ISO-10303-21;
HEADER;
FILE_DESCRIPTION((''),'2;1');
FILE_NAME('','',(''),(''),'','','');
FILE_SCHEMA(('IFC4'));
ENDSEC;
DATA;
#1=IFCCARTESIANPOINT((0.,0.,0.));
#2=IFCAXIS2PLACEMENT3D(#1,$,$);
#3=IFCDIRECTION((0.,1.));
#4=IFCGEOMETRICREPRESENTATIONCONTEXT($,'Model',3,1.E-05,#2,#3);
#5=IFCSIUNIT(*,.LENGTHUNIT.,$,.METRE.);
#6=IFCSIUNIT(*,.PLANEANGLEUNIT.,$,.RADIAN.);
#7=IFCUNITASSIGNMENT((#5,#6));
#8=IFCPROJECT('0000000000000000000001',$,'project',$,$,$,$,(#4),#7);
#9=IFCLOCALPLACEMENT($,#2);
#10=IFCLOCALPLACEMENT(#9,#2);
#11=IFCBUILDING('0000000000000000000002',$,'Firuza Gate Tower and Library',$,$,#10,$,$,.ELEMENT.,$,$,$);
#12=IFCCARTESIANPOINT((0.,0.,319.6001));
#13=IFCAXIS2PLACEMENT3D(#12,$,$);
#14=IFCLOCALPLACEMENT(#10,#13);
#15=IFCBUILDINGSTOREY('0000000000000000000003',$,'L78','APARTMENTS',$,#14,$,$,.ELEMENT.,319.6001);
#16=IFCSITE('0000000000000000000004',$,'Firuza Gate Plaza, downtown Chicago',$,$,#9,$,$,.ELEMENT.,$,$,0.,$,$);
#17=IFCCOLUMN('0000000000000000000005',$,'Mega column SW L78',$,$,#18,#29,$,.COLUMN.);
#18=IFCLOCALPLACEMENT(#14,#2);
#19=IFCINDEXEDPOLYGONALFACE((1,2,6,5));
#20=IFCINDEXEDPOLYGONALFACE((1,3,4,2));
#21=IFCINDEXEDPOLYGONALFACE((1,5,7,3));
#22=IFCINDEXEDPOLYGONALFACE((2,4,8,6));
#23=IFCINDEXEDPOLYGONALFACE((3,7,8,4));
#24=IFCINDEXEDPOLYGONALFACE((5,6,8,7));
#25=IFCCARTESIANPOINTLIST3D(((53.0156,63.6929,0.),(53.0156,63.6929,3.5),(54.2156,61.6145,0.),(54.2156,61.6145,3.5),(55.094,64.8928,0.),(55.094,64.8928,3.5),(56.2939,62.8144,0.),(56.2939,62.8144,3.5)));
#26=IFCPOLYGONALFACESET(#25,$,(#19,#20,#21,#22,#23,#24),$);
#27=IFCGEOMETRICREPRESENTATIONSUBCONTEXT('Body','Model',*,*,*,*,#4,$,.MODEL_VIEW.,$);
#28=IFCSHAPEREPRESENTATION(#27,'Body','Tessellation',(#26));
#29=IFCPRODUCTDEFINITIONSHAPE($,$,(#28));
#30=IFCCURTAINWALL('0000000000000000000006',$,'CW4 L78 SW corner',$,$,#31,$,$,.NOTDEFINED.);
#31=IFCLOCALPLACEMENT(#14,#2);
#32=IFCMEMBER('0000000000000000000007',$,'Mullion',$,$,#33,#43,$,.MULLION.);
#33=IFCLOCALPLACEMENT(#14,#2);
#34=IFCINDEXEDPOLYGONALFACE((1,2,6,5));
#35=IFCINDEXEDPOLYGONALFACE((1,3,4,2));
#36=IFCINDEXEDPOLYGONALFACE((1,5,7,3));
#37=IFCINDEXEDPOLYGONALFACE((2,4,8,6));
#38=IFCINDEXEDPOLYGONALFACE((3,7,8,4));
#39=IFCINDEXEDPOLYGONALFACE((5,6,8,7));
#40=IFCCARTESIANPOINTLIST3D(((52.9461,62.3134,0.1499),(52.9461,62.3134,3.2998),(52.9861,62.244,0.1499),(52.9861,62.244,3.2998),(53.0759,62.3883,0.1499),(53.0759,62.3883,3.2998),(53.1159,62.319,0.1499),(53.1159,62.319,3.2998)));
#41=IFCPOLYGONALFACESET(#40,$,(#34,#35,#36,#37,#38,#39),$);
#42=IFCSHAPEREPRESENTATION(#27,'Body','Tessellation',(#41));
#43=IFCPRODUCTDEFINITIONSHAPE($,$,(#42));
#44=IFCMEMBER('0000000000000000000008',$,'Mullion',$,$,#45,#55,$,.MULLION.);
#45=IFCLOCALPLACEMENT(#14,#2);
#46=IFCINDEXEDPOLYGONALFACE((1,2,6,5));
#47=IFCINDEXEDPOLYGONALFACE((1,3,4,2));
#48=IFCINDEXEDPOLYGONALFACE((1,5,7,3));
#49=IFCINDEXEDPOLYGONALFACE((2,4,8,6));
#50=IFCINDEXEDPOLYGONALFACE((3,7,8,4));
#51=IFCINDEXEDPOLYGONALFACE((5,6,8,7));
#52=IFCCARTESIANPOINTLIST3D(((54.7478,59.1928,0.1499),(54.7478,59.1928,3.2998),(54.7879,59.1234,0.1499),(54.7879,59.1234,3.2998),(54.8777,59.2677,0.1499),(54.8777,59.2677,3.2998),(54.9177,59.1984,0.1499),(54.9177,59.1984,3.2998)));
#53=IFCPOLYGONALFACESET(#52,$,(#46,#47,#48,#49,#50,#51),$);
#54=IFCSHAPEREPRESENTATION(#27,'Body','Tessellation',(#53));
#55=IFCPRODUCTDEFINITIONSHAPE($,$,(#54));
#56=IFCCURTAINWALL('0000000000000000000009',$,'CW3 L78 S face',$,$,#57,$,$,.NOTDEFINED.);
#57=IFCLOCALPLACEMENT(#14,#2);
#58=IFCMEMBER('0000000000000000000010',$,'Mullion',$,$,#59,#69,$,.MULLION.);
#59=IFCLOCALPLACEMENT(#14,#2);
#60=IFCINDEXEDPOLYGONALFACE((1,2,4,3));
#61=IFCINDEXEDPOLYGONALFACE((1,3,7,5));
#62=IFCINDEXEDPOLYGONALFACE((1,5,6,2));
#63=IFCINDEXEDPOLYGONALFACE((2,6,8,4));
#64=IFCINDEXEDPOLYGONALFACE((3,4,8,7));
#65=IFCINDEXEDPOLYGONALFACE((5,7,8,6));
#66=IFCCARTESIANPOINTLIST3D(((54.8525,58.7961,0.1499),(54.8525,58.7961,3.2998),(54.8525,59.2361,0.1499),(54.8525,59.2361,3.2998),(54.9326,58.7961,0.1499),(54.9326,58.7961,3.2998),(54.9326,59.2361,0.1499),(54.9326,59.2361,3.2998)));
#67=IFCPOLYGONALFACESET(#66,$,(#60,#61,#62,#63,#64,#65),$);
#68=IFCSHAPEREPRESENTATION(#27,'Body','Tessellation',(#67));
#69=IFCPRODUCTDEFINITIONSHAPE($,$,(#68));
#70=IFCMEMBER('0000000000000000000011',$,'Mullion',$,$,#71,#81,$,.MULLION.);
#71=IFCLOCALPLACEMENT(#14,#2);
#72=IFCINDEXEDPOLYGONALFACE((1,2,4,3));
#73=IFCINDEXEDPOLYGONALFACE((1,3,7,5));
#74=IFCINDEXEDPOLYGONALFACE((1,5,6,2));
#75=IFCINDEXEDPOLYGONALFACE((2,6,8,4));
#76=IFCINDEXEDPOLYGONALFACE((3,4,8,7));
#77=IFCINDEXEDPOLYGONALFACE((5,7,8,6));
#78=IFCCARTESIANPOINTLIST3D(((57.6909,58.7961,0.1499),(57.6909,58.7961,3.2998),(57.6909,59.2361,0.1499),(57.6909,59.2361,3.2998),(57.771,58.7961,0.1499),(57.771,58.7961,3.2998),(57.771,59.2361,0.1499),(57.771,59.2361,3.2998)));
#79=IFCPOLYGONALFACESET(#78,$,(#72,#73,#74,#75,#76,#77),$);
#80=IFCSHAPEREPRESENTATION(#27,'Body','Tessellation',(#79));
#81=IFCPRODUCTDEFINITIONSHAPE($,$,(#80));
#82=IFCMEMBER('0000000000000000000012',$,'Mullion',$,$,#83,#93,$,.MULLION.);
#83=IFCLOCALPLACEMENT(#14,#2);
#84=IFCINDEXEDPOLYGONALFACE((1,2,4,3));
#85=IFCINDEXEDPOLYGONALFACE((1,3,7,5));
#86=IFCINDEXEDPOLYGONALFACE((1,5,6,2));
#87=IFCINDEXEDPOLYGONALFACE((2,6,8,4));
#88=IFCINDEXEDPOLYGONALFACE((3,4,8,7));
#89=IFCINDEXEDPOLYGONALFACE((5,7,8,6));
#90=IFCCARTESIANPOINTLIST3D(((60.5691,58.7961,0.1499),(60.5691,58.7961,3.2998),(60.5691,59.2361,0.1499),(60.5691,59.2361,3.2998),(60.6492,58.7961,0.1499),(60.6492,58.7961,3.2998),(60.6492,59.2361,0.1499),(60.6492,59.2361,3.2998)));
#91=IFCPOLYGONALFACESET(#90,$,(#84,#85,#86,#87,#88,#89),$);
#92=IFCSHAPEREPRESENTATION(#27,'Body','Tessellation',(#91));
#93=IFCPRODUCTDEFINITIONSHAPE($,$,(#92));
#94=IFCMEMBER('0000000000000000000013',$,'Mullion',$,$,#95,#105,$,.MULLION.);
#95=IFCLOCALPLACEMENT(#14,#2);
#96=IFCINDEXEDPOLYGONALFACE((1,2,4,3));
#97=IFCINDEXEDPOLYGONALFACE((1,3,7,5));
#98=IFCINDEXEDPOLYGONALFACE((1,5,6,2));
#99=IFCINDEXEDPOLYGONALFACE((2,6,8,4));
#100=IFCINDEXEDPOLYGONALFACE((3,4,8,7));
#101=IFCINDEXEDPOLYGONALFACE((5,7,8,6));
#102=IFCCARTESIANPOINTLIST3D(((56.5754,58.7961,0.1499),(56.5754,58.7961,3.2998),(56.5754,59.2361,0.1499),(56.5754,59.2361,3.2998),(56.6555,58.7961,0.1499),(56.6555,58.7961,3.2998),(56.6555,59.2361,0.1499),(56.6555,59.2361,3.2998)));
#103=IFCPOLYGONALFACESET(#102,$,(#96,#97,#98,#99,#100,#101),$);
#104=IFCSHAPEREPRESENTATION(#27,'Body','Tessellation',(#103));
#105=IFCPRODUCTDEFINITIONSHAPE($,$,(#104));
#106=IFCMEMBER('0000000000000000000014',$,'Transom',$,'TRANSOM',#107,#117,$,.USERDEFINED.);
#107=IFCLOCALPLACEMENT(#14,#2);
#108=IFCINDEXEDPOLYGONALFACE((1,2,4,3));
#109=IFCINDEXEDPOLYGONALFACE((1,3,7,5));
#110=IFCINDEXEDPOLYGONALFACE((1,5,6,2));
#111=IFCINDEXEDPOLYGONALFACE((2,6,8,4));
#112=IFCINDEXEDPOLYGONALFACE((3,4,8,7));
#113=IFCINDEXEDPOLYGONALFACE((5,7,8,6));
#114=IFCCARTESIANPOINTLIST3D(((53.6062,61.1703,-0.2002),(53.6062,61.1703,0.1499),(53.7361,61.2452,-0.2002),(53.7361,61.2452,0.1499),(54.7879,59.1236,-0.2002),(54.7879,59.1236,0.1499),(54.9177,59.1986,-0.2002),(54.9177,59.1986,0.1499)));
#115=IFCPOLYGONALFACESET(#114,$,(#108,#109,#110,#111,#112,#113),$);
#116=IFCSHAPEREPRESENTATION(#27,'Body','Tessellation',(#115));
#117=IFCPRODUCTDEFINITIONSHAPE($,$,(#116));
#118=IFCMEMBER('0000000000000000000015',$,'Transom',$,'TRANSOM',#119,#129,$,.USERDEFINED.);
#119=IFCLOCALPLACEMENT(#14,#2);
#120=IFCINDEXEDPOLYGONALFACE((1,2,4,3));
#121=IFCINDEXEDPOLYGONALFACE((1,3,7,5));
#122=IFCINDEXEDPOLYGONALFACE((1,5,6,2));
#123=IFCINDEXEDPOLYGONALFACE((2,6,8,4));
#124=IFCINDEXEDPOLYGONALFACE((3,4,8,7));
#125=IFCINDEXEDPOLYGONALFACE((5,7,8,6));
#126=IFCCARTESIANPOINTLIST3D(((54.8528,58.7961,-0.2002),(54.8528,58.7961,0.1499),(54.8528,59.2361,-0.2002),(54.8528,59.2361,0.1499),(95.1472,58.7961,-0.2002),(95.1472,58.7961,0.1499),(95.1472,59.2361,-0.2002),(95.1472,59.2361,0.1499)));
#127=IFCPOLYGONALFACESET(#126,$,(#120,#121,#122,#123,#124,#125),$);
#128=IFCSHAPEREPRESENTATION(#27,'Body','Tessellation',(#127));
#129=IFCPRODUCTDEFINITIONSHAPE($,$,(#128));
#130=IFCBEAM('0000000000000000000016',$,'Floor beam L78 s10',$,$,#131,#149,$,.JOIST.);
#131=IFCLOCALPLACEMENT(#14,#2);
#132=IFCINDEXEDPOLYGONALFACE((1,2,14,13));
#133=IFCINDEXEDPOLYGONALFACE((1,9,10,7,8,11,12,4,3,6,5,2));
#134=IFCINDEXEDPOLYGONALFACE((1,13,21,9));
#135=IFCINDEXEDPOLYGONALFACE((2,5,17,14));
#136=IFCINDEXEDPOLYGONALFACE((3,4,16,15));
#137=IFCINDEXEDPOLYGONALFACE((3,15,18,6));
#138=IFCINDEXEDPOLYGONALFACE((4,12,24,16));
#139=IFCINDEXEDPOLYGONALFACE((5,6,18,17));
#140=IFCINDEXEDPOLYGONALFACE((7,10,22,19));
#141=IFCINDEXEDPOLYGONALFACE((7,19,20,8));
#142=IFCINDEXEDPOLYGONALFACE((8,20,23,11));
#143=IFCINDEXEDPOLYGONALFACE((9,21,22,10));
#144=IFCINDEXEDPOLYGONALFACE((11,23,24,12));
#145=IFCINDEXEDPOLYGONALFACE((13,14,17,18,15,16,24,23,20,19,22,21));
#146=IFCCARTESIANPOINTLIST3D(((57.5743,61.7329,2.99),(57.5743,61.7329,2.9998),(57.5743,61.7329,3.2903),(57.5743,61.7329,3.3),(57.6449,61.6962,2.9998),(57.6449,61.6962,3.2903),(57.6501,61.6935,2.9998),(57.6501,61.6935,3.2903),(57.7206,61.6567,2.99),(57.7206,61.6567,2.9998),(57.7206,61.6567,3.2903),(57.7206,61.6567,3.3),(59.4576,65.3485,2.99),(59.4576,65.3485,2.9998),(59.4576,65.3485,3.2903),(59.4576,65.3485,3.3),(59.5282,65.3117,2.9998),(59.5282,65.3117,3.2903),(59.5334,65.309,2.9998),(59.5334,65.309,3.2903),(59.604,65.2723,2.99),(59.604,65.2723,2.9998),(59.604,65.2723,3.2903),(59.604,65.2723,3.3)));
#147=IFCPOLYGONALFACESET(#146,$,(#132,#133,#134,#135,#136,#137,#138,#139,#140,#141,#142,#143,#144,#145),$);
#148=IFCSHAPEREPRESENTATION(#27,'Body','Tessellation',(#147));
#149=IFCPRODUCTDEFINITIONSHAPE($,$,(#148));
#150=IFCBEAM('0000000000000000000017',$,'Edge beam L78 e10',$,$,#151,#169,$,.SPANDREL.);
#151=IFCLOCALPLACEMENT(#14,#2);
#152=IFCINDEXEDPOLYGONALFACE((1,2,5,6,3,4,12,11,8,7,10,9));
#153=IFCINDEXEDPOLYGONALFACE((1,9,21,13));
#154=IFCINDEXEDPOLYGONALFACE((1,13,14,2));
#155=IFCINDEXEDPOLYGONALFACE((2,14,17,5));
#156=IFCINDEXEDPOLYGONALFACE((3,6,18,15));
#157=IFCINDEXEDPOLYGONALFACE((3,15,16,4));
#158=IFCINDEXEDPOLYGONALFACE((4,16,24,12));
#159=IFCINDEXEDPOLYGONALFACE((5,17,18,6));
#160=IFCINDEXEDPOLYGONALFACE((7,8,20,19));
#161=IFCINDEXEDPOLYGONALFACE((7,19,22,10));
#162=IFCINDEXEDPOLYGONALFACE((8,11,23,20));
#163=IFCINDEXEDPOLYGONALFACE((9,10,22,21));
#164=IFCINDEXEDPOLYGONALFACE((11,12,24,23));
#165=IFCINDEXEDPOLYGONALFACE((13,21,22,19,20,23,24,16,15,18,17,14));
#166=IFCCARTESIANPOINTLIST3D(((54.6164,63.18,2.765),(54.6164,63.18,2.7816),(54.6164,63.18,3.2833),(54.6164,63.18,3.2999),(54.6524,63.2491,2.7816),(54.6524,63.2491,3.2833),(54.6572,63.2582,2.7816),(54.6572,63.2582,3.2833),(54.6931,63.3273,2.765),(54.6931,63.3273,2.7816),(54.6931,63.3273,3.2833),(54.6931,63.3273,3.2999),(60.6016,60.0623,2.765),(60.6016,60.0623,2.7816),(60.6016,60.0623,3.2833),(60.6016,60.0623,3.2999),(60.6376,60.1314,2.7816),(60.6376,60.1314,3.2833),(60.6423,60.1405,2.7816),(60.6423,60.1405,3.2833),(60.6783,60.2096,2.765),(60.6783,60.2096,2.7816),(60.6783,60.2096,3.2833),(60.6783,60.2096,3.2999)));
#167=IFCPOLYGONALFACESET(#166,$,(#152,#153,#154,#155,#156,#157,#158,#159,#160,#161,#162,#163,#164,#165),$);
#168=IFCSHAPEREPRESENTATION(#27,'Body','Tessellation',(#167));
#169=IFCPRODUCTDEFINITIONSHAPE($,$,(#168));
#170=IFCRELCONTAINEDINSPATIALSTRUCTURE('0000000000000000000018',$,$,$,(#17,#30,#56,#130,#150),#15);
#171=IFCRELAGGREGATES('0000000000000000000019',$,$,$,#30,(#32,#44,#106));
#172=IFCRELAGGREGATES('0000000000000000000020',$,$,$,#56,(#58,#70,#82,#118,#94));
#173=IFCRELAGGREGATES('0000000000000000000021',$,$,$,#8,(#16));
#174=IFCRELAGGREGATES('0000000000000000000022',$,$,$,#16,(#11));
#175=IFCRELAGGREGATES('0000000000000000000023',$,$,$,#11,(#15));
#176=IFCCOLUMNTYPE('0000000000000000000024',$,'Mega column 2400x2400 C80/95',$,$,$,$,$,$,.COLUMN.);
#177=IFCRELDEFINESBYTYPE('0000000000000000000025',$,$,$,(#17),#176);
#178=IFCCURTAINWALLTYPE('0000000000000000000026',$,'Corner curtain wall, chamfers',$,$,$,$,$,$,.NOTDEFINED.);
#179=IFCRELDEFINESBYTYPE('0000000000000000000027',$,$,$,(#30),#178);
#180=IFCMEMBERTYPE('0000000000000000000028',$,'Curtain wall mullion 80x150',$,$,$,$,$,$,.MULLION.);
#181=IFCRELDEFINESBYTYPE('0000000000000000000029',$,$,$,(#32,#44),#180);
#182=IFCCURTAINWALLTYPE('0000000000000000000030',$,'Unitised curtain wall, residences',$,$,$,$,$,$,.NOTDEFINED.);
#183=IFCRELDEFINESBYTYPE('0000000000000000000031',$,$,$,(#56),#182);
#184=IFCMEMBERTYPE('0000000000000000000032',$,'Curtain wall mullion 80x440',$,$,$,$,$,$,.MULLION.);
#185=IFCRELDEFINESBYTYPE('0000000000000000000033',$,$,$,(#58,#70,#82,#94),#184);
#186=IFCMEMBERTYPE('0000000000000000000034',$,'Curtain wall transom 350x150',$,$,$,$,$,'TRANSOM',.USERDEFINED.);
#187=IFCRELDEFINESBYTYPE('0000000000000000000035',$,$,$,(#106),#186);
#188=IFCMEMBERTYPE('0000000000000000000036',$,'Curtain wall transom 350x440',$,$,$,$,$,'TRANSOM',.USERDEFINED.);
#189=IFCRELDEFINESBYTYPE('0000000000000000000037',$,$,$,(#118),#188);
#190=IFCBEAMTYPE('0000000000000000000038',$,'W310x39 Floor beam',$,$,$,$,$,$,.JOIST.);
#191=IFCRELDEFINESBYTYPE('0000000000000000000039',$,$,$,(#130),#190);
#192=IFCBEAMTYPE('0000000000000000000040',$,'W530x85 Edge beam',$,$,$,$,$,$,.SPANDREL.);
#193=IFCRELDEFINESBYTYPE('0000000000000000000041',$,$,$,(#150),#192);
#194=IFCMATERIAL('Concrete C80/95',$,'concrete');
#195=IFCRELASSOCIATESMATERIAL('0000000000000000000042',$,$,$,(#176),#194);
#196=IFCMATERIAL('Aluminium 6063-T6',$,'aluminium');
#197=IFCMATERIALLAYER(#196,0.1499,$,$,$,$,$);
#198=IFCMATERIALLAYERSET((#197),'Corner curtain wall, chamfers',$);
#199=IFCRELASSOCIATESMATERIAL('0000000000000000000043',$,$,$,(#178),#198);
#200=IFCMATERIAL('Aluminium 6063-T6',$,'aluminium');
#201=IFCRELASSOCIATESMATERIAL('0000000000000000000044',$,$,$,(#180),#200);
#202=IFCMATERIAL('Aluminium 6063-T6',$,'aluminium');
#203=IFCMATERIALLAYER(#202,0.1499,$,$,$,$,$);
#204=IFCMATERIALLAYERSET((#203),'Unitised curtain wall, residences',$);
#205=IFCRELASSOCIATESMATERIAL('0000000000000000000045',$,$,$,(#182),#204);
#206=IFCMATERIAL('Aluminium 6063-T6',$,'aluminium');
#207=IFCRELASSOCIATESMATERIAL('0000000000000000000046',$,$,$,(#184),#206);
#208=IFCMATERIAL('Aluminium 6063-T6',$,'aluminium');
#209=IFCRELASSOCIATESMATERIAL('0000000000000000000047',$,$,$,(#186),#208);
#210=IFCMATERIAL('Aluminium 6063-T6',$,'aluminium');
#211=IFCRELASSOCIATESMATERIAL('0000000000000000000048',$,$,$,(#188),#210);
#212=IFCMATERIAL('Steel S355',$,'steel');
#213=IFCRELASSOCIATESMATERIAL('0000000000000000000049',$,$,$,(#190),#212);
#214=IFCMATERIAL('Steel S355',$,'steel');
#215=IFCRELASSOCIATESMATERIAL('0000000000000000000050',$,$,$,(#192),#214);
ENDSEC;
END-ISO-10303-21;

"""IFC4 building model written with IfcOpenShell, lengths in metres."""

from ifc_helpers import new_model, si_unit, direction, frame, origin, origin_2d, place, context, subcontext, project, spatial, rectangle, i_section, extrude, material, layer, layer_set, material_profile, profile_set, type_object, element, aggregate, save


model = new_model("IFC4")

# Units and contexts
model_context = context("Model", 3, precision=1e-05, world=origin(), true_north=direction((0.0, 1.0)))
body_context = subcontext(model_context, "Body", "Model", "MODEL_VIEW")
ifc_project = project(units=[si_unit("LENGTHUNIT", "METRE"), si_unit("PLANEANGLEUNIT", "RADIAN")], contexts=[model_context])

# Site, building, storey
site_placement = place(None, origin())
site = spatial("IfcSite", under=ifc_project, at=site_placement, Name="Firuza Gate Plaza, downtown Chicago", CompositionType="ELEMENT", RefElevation=0.0)
building_placement = place(site_placement, origin())
building = spatial("IfcBuilding", under=site, at=building_placement, Name="Firuza Gate Tower and Library", CompositionType="ELEMENT")
storey_placement = place(building_placement, frame((0.0, 0.0, 319.6001)))
storey = spatial("IfcBuildingStorey", under=building, at=storey_placement, Name="L78", Description="APARTMENTS", CompositionType="ELEMENT", Elevation=319.6001)

# Column
ifc_material_1 = material(Name="Concrete C80/95", Category="concrete")
ifc_material_profile_1 = material_profile(ifc_material_1, rectangle(XDim=2.3999, YDim=2.3999, at=origin_2d()))
ifc_profile_set_1 = profile_set([ifc_material_profile_1], Name="Concrete C80/95")
column_type = type_object("IfcColumnType", Name="Mega column 2400x2400 C80/95", PredefinedType="COLUMN", material=ifc_profile_set_1)
column_placement = place(storey_placement, frame((54.6548, 63.2537, 0.0), z_axis=(0.0, 0.0, 1.0), x_axis=(0.5, -0.866025, 0.0)))
element("IfcColumn", 1, at=column_placement, inside=storey, type_object=column_type, Name="Mega column SW L78", PredefinedType="COLUMN", context=body_context, shape_type="SweptSolid", body=[
    extrude(rectangle(XDim=2.3999, YDim=2.3999, at=origin_2d()), origin(), (0.0, 0.0, 1.0), 3.5),
])

# Curtain walls, members
ifc_material_2 = material(Name="Aluminium 6063-T6", Category="aluminium")
ifc_layer_1 = layer(ifc_material_2, 0.1499)
ifc_layer_set_1 = layer_set([ifc_layer_1], Name="Corner curtain wall, chamfers")
curtain_wall_type_1 = type_object("IfcCurtainWallType", Name="Corner curtain wall, chamfers", PredefinedType="NOTDEFINED", material=ifc_layer_set_1)
placement_1 = place(storey_placement, origin())
curtain_wall_1 = element("IfcCurtainWall", 2, at=placement_1, inside=storey, type_object=curtain_wall_type_1, Name="CW4 L78 SW corner", PredefinedType="NOTDEFINED")
ifc_material_3 = material(Name="Aluminium 6063-T6", Category="aluminium")
ifc_material_profile_2 = material_profile(ifc_material_3, rectangle(XDim=0.1499, YDim=0.0801, at=origin_2d()))
ifc_profile_set_2 = profile_set([ifc_material_profile_2], Name="Aluminium 6063-T6")
member_type_1 = type_object("IfcMemberType", Name="Curtain wall mullion 80x150", PredefinedType="MULLION", material=ifc_profile_set_2)
member_1_placement = place(storey_placement, frame((53.031, 62.3162, 0.1499), z_axis=(0.0, 0.0, 1.0), x_axis=(0.866025, 0.5, 0.0)))
member_1 = element("IfcMember", 3, at=member_1_placement, type_object=member_type_1, Name="Mullion", PredefinedType="MULLION", context=body_context, shape_type="SweptSolid", body=[
    extrude(rectangle(XDim=0.1499, YDim=0.0801, at=origin_2d()), origin(), (0.0, 0.0, 1.0), 3.1499),
])
member_2_placement = place(storey_placement, frame((54.8328, 59.1956, 0.1499), z_axis=(0.0, 0.0, 1.0), x_axis=(0.866025, 0.5, 0.0)))
member_2 = element("IfcMember", 4, at=member_2_placement, type_object=member_type_1, Name="Mullion", PredefinedType="MULLION", context=body_context, shape_type="SweptSolid", body=[
    extrude(rectangle(XDim=0.1499, YDim=0.0801, at=origin_2d()), origin(), (0.0, 0.0, 1.0), 3.1499),
])
ifc_material_4 = material(Name="Aluminium 6063-T6", Category="aluminium")
ifc_layer_2 = layer(ifc_material_4, 0.1499)
ifc_layer_set_2 = layer_set([ifc_layer_2], Name="Unitised curtain wall, residences")
curtain_wall_type_2 = type_object("IfcCurtainWallType", Name="Unitised curtain wall, residences", PredefinedType="NOTDEFINED", material=ifc_layer_set_2)
curtain_wall_2 = element("IfcCurtainWall", 5, at=placement_1, inside=storey, type_object=curtain_wall_type_2, Name="CW3 L78 S face", PredefinedType="NOTDEFINED")
ifc_material_5 = material(Name="Aluminium 6063-T6", Category="aluminium")
ifc_material_profile_3 = material_profile(ifc_material_5, rectangle(XDim=0.4399, YDim=0.0801, at=origin_2d()))
ifc_profile_set_3 = profile_set([ifc_material_profile_3], Name="Aluminium 6063-T6")
member_type_2 = type_object("IfcMemberType", Name="Curtain wall mullion 80x440", PredefinedType="MULLION", material=ifc_profile_set_3)
member_3_placement = place(storey_placement, frame((54.8926, 59.0161, 0.1499), z_axis=(0.0, 0.0, 1.0), x_axis=(0.0, 1.0, 0.0)))
member_3 = element("IfcMember", 6, at=member_3_placement, type_object=member_type_2, Name="Mullion", PredefinedType="MULLION", context=body_context, shape_type="SweptSolid", body=[
    extrude(rectangle(XDim=0.4399, YDim=0.0801, at=origin_2d()), origin(), (0.0, 0.0, 1.0), 3.1499),
])
member_4_placement = place(storey_placement, frame((57.731, 59.0161, 0.1499), z_axis=(0.0, 0.0, 1.0), x_axis=(0.0, 1.0, 0.0)))
member_4 = element("IfcMember", 7, at=member_4_placement, type_object=member_type_2, Name="Mullion", PredefinedType="MULLION", context=body_context, shape_type="SweptSolid", body=[
    extrude(rectangle(XDim=0.4399, YDim=0.0801, at=origin_2d()), origin(), (0.0, 0.0, 1.0), 3.1499),
])
member_5_placement = place(storey_placement, frame((60.6091, 59.0161, 0.1499), z_axis=(0.0, 0.0, 1.0), x_axis=(0.0, 1.0, 0.0)))
member_5 = element("IfcMember", 8, at=member_5_placement, type_object=member_type_2, Name="Mullion", PredefinedType="MULLION", context=body_context, shape_type="SweptSolid", body=[
    extrude(rectangle(XDim=0.4399, YDim=0.0801, at=origin_2d()), origin(), (0.0, 0.0, 1.0), 3.1499),
])
member_6_placement = place(storey_placement, frame((56.6155, 59.0161, 0.1499), z_axis=(0.0, 0.0, 1.0), x_axis=(0.0, 1.0, 0.0)))
member_6 = element("IfcMember", 9, at=member_6_placement, type_object=member_type_2, Name="Mullion", PredefinedType="MULLION", context=body_context, shape_type="SweptSolid", body=[
    extrude(rectangle(XDim=0.4399, YDim=0.0801, at=origin_2d()), origin(), (0.0, 0.0, 1.0), 3.1499),
])

# Members
ifc_material_6 = material(Name="Aluminium 6063-T6", Category="aluminium")
ifc_material_profile_4 = material_profile(ifc_material_6, rectangle(XDim=0.1499, YDim=0.3501, at=origin_2d()))
ifc_profile_set_4 = profile_set([ifc_material_profile_4], Name="Aluminium 6063-T6")
member_type_3 = type_object("IfcMemberType", Name="Curtain wall transom 350x150", ElementType="TRANSOM", PredefinedType="USERDEFINED", material=ifc_profile_set_4)
member_7_placement = place(storey_placement, frame((53.6711, 61.2078, -0.0251), z_axis=(0.500006, -0.866022, 0.0), x_axis=(0.866022, 0.500006, 0.0)))
member_7 = element("IfcMember", 10, at=member_7_placement, type_object=member_type_3, Name="Transom", ObjectType="TRANSOM", PredefinedType="USERDEFINED", context=body_context, shape_type="SweptSolid", body=[
    extrude(rectangle(XDim=0.1499, YDim=0.3501, at=origin_2d()), origin(), (0.0, 0.0, 1.0), 2.3633),
])
ifc_material_7 = material(Name="Aluminium 6063-T6", Category="aluminium")
ifc_material_profile_5 = material_profile(ifc_material_7, rectangle(XDim=0.4399, YDim=0.3501, at=origin_2d()))
ifc_profile_set_5 = profile_set([ifc_material_profile_5], Name="Aluminium 6063-T6")
member_type_4 = type_object("IfcMemberType", Name="Curtain wall transom 350x440", ElementType="TRANSOM", PredefinedType="USERDEFINED", material=ifc_profile_set_5)
member_8_placement = place(storey_placement, frame((54.8528, 59.0161, -0.0251), z_axis=(1.0, 0.0, 0.0), x_axis=(0.0, 1.0, 0.0)))
member_8 = element("IfcMember", 11, at=member_8_placement, type_object=member_type_4, Name="Transom", ObjectType="TRANSOM", PredefinedType="USERDEFINED", context=body_context, shape_type="SweptSolid", body=[
    extrude(rectangle(XDim=0.4399, YDim=0.3501, at=origin_2d()), origin(), (0.0, 0.0, 1.0), 40.2944),
])

# Beams
ifc_material_8 = material(Name="Steel S355", Category="steel")
ifc_material_profile_6 = material_profile(ifc_material_8, i_section(OverallWidth=0.165, OverallDepth=0.3101, WebThickness=0.0059, FlangeThickness=0.0098, at=origin_2d()))
ifc_profile_set_6 = profile_set([ifc_material_profile_6], Name="Steel S355")
beam_type_1 = type_object("IfcBeamType", Name="W310x39 Floor beam", PredefinedType="JOIST", material=ifc_profile_set_6)
beam_1_placement = place(storey_placement, frame((57.6475, 61.6948, 3.145), z_axis=(0.461981, 0.88689, 0.0), x_axis=(-0.88689, 0.461981, 0.0)))
element("IfcBeam", 12, at=beam_1_placement, inside=storey, type_object=beam_type_1, Name="Floor beam L78 s10", PredefinedType="JOIST", context=body_context, shape_type="SweptSolid", body=[
    extrude(i_section(OverallWidth=0.165, OverallDepth=0.3101, WebThickness=0.0059, FlangeThickness=0.0098, at=origin_2d()), origin(), (0.0, 0.0, 1.0), 4.0767),
])
ifc_material_9 = material(Name="Steel S355", Category="steel")
ifc_material_profile_7 = material_profile(ifc_material_9, i_section(OverallWidth=0.166, OverallDepth=0.5349, WebThickness=0.0103, FlangeThickness=0.0166, at=origin_2d()))
ifc_profile_set_7 = profile_set([ifc_material_profile_7], Name="Steel S355")
beam_type_2 = type_object("IfcBeamType", Name="W530x85 Edge beam", PredefinedType="SPANDREL", material=ifc_profile_set_7)
beam_2_placement = place(storey_placement, frame((54.6548, 63.2537, 3.0325), z_axis=(0.886888, -0.461985, 0.0), x_axis=(0.461985, 0.886888, 0.0)))
element("IfcBeam", 13, at=beam_2_placement, inside=storey, type_object=beam_type_2, Name="Edge beam L78 e10", PredefinedType="SPANDREL", context=body_context, shape_type="SweptSolid", body=[
    extrude(i_section(OverallWidth=0.166, OverallDepth=0.5349, WebThickness=0.0103, FlangeThickness=0.0166, at=origin_2d()), origin(), (0.0, 0.0, 1.0), 6.7485),
])

aggregate(curtain_wall_1, [member_1, member_2, member_7])
aggregate(curtain_wall_2, [member_3, member_4, member_5, member_8, member_6])

save(model, "model.ifc")
